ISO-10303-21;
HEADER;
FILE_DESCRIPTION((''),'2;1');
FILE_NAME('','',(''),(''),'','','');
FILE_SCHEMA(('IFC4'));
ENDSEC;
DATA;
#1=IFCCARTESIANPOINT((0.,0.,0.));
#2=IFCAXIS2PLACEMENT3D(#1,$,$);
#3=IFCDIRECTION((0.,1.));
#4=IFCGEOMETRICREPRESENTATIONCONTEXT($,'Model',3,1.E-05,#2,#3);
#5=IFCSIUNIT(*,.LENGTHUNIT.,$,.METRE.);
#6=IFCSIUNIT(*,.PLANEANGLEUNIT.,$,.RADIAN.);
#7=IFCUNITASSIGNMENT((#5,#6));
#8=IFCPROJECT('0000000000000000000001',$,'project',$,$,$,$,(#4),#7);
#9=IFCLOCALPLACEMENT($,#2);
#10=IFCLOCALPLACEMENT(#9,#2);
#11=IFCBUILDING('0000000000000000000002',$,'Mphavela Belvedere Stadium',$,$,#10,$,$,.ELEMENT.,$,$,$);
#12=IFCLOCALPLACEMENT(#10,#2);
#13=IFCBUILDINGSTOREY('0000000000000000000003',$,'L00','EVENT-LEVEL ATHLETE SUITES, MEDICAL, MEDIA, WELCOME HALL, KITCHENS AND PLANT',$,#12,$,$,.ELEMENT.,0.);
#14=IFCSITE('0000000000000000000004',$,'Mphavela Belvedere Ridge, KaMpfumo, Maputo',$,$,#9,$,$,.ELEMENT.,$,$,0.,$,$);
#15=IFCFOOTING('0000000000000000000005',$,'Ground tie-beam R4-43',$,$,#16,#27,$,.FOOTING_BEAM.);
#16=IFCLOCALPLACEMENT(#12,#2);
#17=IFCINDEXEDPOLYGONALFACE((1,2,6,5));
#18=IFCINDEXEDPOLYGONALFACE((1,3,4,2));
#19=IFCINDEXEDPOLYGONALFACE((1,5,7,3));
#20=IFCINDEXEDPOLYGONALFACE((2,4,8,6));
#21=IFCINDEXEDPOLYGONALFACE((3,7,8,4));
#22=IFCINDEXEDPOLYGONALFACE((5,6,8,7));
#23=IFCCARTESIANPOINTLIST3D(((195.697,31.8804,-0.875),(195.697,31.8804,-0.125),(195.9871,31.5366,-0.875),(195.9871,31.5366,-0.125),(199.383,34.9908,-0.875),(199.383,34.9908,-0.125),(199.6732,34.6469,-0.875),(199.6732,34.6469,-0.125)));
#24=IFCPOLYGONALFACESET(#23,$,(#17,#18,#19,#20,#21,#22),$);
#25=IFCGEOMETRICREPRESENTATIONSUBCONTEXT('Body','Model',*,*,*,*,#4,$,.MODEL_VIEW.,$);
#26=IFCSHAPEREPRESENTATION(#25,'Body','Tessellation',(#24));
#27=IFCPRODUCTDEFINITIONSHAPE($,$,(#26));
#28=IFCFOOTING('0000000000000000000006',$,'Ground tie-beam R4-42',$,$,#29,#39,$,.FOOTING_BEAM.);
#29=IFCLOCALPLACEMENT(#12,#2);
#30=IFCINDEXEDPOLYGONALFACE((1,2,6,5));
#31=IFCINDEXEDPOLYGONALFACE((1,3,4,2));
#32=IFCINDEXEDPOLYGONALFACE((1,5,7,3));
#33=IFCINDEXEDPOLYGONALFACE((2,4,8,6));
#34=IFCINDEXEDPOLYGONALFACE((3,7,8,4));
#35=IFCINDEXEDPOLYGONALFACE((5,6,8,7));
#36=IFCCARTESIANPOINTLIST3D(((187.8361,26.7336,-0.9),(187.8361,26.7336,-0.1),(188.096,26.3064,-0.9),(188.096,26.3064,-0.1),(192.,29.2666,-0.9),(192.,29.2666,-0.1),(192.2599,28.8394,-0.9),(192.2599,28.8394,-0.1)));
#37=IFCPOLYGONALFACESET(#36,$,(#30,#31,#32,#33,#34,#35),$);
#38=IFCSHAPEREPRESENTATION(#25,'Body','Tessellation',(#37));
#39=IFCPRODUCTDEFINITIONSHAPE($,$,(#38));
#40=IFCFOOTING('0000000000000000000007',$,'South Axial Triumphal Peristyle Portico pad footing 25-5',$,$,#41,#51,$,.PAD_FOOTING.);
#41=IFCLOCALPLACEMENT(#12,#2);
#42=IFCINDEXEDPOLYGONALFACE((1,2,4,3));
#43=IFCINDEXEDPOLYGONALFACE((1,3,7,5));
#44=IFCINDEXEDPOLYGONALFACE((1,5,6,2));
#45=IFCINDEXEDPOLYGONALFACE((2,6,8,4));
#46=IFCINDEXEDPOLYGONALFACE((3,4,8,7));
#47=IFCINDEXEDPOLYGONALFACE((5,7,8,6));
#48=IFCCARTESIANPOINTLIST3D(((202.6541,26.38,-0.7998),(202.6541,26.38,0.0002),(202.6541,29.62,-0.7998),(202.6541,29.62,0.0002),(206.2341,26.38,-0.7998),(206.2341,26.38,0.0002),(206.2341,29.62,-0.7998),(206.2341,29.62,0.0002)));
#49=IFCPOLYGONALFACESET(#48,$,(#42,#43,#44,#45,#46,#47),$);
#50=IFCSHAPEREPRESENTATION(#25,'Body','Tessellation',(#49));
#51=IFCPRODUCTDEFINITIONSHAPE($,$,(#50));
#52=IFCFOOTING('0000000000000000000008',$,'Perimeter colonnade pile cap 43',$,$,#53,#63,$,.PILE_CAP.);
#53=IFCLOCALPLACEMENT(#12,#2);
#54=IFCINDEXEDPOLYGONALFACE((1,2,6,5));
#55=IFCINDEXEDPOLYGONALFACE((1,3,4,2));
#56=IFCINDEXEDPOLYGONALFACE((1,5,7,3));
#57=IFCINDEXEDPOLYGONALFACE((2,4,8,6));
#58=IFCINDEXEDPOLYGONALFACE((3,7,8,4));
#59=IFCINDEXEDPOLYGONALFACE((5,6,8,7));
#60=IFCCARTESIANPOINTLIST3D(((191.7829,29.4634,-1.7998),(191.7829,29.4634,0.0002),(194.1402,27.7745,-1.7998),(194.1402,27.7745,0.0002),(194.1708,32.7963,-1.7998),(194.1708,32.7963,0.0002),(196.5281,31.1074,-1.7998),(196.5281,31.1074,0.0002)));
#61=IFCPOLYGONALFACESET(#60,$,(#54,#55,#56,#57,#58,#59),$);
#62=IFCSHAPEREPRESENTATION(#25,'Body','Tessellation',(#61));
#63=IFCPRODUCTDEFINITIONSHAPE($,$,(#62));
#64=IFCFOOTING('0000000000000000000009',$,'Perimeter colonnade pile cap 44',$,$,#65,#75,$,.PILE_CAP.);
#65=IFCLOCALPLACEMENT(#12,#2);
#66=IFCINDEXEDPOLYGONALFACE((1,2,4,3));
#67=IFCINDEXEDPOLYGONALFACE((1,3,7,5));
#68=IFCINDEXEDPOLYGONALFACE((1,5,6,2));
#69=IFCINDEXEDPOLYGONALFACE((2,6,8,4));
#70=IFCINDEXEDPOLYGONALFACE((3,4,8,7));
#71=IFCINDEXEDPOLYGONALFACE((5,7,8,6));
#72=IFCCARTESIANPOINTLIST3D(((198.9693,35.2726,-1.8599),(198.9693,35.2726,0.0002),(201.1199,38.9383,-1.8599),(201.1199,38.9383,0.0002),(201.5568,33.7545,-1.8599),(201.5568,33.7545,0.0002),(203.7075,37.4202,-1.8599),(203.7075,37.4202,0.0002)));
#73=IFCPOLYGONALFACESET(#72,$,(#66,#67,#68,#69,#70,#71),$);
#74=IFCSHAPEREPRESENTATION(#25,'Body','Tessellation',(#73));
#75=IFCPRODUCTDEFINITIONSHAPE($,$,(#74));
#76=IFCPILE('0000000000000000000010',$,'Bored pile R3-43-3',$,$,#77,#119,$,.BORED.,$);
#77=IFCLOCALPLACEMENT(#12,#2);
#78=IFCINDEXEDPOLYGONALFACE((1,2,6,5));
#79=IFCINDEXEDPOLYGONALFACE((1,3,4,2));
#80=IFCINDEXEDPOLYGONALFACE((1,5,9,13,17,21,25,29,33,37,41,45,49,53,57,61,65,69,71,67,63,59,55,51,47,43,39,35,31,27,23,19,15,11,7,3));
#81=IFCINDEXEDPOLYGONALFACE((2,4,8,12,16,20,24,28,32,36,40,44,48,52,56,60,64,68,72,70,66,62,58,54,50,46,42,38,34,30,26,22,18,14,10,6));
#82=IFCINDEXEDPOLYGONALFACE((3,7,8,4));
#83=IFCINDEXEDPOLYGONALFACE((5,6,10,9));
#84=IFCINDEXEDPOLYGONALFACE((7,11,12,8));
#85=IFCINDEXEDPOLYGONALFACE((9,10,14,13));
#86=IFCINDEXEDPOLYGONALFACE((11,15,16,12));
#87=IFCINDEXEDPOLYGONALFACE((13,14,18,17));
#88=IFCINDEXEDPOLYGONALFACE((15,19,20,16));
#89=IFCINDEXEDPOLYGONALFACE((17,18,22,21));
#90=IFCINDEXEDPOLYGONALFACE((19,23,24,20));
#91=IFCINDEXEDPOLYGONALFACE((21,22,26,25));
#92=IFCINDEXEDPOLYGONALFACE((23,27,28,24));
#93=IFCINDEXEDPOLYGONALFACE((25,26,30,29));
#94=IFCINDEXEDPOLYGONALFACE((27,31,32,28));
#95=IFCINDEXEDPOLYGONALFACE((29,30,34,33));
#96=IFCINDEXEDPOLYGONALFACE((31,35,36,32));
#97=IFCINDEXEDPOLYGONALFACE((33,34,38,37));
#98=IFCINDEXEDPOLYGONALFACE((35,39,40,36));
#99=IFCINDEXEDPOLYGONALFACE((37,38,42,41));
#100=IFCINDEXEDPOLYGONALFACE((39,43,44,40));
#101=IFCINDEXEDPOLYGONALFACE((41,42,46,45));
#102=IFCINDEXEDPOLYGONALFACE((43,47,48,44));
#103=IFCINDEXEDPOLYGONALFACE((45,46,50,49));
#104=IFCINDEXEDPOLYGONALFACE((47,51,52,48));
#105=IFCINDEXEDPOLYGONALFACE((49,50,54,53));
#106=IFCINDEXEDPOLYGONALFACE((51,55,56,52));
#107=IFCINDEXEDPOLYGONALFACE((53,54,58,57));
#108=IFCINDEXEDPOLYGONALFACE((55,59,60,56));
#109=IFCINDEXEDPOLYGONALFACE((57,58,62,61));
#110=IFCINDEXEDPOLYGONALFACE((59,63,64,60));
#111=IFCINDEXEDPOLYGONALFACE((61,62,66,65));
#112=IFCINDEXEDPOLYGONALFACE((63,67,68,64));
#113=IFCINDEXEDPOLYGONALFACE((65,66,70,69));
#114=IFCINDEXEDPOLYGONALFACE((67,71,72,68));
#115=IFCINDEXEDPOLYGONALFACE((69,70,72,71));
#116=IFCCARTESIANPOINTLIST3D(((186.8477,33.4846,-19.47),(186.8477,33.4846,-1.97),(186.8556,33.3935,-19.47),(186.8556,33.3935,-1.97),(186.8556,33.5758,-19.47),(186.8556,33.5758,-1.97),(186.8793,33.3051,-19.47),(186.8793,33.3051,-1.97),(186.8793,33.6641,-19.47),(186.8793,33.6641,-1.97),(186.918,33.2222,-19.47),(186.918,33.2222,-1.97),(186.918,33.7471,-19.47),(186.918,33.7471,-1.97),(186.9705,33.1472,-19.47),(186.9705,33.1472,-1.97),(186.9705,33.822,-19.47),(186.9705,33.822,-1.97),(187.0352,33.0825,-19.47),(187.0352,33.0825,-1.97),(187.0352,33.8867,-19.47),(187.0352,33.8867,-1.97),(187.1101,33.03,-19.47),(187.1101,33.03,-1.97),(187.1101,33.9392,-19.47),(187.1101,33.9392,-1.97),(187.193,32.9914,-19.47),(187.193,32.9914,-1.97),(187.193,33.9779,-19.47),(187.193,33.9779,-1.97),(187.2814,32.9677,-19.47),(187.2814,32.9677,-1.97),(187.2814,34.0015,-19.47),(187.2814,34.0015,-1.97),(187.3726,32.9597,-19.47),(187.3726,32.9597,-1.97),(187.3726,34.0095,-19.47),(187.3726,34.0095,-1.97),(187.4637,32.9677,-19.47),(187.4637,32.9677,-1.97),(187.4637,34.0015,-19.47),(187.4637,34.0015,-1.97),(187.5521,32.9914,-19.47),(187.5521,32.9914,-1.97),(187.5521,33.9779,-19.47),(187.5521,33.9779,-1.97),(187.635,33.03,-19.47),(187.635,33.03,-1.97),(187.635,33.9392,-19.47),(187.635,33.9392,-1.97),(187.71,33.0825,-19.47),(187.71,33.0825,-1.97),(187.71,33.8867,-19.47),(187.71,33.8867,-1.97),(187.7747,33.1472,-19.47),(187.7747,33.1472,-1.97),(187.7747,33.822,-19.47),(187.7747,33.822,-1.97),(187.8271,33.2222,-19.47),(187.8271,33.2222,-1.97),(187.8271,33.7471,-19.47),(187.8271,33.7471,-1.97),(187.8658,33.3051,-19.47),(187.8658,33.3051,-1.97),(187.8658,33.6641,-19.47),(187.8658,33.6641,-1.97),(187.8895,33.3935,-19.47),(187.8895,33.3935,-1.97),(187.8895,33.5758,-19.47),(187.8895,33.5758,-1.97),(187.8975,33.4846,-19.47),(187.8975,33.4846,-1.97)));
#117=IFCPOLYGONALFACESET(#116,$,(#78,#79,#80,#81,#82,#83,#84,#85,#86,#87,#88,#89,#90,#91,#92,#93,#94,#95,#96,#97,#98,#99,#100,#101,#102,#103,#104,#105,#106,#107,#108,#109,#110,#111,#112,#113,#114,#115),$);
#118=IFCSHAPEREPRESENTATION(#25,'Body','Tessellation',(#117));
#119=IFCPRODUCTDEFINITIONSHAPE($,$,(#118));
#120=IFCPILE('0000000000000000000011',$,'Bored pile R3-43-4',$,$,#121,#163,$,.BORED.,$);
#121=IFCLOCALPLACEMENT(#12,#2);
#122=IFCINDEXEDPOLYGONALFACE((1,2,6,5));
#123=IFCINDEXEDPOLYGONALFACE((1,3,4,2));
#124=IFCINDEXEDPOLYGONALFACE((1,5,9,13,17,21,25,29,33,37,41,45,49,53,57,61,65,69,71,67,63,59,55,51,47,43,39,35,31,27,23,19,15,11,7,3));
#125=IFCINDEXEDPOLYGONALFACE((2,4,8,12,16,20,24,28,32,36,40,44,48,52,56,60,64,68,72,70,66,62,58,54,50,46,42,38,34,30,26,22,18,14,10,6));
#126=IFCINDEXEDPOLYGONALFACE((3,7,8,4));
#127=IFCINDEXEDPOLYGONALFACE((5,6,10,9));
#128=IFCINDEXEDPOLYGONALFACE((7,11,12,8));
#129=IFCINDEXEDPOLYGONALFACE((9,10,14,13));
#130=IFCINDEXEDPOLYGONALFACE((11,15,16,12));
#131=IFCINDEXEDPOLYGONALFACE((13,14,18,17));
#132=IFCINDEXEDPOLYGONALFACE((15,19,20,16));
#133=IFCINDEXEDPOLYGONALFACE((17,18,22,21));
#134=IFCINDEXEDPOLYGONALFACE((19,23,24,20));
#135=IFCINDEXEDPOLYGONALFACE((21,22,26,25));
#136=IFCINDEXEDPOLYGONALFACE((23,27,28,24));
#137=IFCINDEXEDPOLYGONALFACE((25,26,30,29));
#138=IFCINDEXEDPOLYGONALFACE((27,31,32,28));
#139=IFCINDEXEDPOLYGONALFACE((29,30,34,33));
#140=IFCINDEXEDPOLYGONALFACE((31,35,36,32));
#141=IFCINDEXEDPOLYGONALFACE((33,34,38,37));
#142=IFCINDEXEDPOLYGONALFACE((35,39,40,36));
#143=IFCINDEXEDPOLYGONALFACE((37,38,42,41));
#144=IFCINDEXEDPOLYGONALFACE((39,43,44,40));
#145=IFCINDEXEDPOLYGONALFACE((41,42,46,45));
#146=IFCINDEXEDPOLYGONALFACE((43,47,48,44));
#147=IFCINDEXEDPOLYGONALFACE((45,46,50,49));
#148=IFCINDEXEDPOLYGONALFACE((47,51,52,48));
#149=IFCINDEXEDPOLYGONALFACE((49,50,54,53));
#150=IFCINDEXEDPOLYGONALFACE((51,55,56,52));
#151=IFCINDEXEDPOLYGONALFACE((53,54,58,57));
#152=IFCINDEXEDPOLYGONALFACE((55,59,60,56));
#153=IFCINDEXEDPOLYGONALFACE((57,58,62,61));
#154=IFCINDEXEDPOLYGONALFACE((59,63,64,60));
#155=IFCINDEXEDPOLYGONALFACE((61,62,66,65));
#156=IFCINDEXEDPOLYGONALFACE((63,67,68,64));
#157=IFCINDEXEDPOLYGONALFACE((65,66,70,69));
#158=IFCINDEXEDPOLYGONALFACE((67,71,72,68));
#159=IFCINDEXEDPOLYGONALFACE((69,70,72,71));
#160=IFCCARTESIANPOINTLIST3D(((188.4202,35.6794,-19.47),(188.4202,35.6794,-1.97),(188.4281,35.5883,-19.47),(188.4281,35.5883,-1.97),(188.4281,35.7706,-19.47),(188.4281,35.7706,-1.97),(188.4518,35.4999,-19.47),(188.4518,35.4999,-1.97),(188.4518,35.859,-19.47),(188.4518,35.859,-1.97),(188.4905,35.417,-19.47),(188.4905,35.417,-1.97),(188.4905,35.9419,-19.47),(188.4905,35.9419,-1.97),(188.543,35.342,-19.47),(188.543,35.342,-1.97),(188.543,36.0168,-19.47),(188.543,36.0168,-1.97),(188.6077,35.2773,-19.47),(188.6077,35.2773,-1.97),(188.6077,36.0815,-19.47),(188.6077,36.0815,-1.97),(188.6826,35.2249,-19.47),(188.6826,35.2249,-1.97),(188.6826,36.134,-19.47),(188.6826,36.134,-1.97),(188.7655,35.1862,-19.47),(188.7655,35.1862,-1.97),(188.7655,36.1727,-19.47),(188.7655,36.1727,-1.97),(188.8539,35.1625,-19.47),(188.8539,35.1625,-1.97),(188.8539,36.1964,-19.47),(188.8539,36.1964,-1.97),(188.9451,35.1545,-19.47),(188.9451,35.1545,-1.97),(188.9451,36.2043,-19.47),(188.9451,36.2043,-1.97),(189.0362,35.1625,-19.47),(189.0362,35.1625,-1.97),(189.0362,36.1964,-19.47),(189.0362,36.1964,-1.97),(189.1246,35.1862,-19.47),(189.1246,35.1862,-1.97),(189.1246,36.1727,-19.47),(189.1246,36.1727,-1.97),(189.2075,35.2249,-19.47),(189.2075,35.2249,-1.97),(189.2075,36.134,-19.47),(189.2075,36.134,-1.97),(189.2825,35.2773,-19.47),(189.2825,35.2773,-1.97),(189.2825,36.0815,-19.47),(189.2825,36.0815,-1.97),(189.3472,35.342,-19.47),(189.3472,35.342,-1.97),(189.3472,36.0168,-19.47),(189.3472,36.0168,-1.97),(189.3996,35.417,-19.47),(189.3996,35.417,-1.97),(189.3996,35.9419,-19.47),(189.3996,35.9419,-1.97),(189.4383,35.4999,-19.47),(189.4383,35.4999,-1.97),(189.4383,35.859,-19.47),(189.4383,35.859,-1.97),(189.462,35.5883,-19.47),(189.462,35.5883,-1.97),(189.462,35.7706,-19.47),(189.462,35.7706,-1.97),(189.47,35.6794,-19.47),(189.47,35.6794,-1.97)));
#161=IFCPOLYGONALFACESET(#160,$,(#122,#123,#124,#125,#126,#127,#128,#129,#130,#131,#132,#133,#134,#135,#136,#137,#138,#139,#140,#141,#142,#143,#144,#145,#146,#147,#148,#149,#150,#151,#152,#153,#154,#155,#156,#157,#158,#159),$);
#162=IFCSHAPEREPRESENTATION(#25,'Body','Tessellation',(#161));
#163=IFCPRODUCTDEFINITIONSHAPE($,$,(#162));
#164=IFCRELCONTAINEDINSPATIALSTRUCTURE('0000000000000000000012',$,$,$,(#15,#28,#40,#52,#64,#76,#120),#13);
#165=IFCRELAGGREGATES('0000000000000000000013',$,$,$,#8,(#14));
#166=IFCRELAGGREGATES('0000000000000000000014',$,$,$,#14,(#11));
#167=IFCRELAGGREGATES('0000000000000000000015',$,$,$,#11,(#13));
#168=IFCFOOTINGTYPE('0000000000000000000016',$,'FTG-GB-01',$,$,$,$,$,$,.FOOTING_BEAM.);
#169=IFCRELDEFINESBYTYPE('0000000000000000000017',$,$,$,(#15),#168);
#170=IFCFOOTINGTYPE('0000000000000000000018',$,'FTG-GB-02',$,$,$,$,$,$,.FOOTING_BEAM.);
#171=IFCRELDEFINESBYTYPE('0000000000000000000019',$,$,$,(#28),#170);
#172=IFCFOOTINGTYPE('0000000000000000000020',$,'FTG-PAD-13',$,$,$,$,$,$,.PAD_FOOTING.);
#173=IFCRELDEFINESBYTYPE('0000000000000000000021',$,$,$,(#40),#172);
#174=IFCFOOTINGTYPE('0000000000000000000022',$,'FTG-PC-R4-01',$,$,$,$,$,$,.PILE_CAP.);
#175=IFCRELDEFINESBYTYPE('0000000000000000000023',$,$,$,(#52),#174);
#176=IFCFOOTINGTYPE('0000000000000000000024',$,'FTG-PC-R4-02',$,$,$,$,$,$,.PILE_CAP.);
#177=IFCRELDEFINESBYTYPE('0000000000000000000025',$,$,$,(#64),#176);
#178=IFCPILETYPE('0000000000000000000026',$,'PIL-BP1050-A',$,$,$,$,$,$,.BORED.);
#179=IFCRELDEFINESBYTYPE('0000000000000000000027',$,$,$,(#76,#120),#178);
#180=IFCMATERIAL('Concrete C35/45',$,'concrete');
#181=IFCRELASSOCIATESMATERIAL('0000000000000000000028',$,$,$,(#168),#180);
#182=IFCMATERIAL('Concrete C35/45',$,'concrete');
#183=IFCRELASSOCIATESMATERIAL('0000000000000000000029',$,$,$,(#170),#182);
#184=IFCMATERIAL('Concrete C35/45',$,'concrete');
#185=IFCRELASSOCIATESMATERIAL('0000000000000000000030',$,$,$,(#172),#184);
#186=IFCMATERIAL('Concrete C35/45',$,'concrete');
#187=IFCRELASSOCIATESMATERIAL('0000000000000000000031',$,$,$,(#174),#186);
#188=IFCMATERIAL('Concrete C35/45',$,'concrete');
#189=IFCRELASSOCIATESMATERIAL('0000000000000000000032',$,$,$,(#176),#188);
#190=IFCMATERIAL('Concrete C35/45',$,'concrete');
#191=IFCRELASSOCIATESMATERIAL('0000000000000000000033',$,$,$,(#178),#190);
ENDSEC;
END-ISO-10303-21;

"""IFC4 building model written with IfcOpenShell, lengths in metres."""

from ifc_helpers import new_model, si_unit, direction, frame, origin, origin_2d, place, context, subcontext, project, spatial, rectangle, circle, extrude, material, material_profile, profile_set, type_object, element, save


model = new_model("IFC4")

# Units and contexts
model_context = context("Model", 3, precision=1e-05, world=origin(), true_north=direction((0.0, 1.0)))
body_context = subcontext(model_context, "Body", "Model", "MODEL_VIEW")
ifc_project = project(units=[si_unit("LENGTHUNIT", "METRE"), si_unit("PLANEANGLEUNIT", "RADIAN")], contexts=[model_context])

# Site, building, storey
site_placement = place(None, origin())
site = spatial("IfcSite", under=ifc_project, at=site_placement, Name="Mphavela Belvedere Ridge, KaMpfumo, Maputo", CompositionType="ELEMENT", RefElevation=0.0)
building_placement = place(site_placement, origin())
building = spatial("IfcBuilding", under=site, at=building_placement, Name="Mphavela Belvedere Stadium", CompositionType="ELEMENT")
storey_placement = place(building_placement, origin())
storey = spatial("IfcBuildingStorey", under=building, at=storey_placement, Name="L00", Description="EVENT-LEVEL ATHLETE SUITES, MEDICAL, MEDIA, WELCOME HALL, KITCHENS AND PLANT", CompositionType="ELEMENT", Elevation=0.0)

# Footings
ifc_material_1 = material(Name="Concrete C35/45", Category="concrete")
ifc_material_profile_1 = material_profile(ifc_material_1, rectangle(XDim=0.45, YDim=0.75, at=origin_2d()), Name="GB 450x750")
ifc_profile_set_1 = profile_set([ifc_material_profile_1], Name="Concrete C35/45")
footing_type_1 = type_object("IfcFootingType", Name="FTG-GB-01", PredefinedType="FOOTING_BEAM", material=ifc_profile_set_1)
footing_1_placement = place(storey_placement, frame((195.842, 31.7085, -0.5), z_axis=(0.764265, 0.644902, 0.0), x_axis=(-0.644902, 0.764265, 0.0)))
element("IfcFooting", 1, at=footing_1_placement, inside=storey, type_object=footing_type_1, Name="Ground tie-beam R4-43", PredefinedType="FOOTING_BEAM", context=body_context, shape_type="SweptSolid", body=[
    extrude(rectangle(XDim=0.45, YDim=0.75, at=origin_2d()), origin(), (0.0, 0.0, 1.0), 4.823),
])
ifc_material_2 = material(Name="Concrete C35/45", Category="concrete")
ifc_material_profile_2 = material_profile(ifc_material_2, rectangle(XDim=0.5, YDim=0.8, at=origin_2d()), Name="GB 500x800")
ifc_profile_set_2 = profile_set([ifc_material_profile_2], Name="Concrete C35/45")
footing_type_2 = type_object("IfcFootingType", Name="FTG-GB-02", PredefinedType="FOOTING_BEAM", material=ifc_profile_set_2)
footing_2_placement = place(storey_placement, frame((187.9661, 26.52, -0.5), z_axis=(0.854339, 0.519716, 0.0), x_axis=(-0.519716, 0.854339, 0.0)))
element("IfcFooting", 2, at=footing_2_placement, inside=storey, type_object=footing_type_2, Name="Ground tie-beam R4-42", PredefinedType="FOOTING_BEAM", context=body_context, shape_type="SweptSolid", body=[
    extrude(rectangle(XDim=0.5, YDim=0.8, at=origin_2d()), origin(), (0.0, 0.0, 1.0), 4.8738),
])
ifc_material_3 = material(Name="Concrete C35/45", Category="concrete")
footing_type_3 = type_object("IfcFootingType", Name="FTG-PAD-13", PredefinedType="PAD_FOOTING", material=ifc_material_3)
footing_3_placement = place(storey_placement, frame((204.4441, 28.0, -0.7998), z_axis=(0.0, 0.0, 1.0), x_axis=(1.0, 0.0, 0.0)))
element("IfcFooting", 3, at=footing_3_placement, inside=storey, type_object=footing_type_3, Name="South Axial Triumphal Peristyle Portico pad footing 25-5", PredefinedType="PAD_FOOTING", context=body_context, shape_type="SweptSolid", body=[
    extrude(rectangle(XDim=3.5801, YDim=3.24, at=origin_2d()), origin(), (0.0, 0.0, 1.0), 0.8),
])
ifc_material_4 = material(Name="Concrete C35/45", Category="concrete")
footing_type_4 = type_object("IfcFootingType", Name="FTG-PC-R4-01", PredefinedType="PILE_CAP", material=ifc_material_4)
footing_4_placement = place(storey_placement, frame((194.1555, 30.2854, -1.7998), z_axis=(0.0, 0.0, 1.0), x_axis=(0.582407, 0.812898, 0.0)))
element("IfcFooting", 4, at=footing_4_placement, inside=storey, type_object=footing_type_4, Name="Perimeter colonnade pile cap 43", PredefinedType="PILE_CAP", context=body_context, shape_type="SweptSolid", body=[
    extrude(rectangle(XDim=4.1001, YDim=2.8999, at=origin_2d()), origin(), (0.0, 0.0, 1.0), 1.8),
])
ifc_material_5 = material(Name="Concrete C35/45", Category="concrete")
footing_type_5 = type_object("IfcFootingType", Name="FTG-PC-R4-02", PredefinedType="PILE_CAP", material=ifc_material_5)
footing_5_placement = place(storey_placement, frame((201.3384, 36.3464, -1.8599), z_axis=(0.0, 0.0, 1.0), x_axis=(0.506034, 0.862514, 0.0)))
element("IfcFooting", 5, at=footing_5_placement, inside=storey, type_object=footing_type_5, Name="Perimeter colonnade pile cap 44", PredefinedType="PILE_CAP", context=body_context, shape_type="SweptSolid", body=[
    extrude(rectangle(XDim=4.25, YDim=3.0, at=origin_2d()), origin(), (0.0, 0.0, 1.0), 1.8601),
])

# Piles
ifc_material_6 = material(Name="Concrete C35/45", Category="concrete")
ifc_material_profile_3 = material_profile(ifc_material_6, circle(Radius=0.5249, at=origin_2d()), Name="BP D1050")
ifc_profile_set_3 = profile_set([ifc_material_profile_3], Name="Concrete C35/45")
pile_type_1 = type_object("IfcPileType", Name="PIL-BP1050-A", PredefinedType="BORED", material=ifc_profile_set_3)
for number, where, z_axis, x_axis, name in (
    (6, (187.3726, 33.4846, -1.97), (0.0, 0.0, -1.0), (1.0, 0.0, 0.0), "Bored pile R3-43-3"),
    (7, (188.9451, 35.6794, -1.97), (0.0, 0.0, -1.0), (1.0, 0.0, 0.0), "Bored pile R3-43-4"),
):
    element("IfcPile", number, at=place(storey_placement, frame(where, z_axis=z_axis, x_axis=x_axis)), inside=storey, type_object=pile_type_1, Name=name, PredefinedType="BORED", context=body_context, shape_type="SweptSolid", body=[
        extrude(circle(Radius=0.5249, at=origin_2d()), origin(), (0.0, 0.0, 1.0), 17.5),
    ])

save(model, "model.ifc")
